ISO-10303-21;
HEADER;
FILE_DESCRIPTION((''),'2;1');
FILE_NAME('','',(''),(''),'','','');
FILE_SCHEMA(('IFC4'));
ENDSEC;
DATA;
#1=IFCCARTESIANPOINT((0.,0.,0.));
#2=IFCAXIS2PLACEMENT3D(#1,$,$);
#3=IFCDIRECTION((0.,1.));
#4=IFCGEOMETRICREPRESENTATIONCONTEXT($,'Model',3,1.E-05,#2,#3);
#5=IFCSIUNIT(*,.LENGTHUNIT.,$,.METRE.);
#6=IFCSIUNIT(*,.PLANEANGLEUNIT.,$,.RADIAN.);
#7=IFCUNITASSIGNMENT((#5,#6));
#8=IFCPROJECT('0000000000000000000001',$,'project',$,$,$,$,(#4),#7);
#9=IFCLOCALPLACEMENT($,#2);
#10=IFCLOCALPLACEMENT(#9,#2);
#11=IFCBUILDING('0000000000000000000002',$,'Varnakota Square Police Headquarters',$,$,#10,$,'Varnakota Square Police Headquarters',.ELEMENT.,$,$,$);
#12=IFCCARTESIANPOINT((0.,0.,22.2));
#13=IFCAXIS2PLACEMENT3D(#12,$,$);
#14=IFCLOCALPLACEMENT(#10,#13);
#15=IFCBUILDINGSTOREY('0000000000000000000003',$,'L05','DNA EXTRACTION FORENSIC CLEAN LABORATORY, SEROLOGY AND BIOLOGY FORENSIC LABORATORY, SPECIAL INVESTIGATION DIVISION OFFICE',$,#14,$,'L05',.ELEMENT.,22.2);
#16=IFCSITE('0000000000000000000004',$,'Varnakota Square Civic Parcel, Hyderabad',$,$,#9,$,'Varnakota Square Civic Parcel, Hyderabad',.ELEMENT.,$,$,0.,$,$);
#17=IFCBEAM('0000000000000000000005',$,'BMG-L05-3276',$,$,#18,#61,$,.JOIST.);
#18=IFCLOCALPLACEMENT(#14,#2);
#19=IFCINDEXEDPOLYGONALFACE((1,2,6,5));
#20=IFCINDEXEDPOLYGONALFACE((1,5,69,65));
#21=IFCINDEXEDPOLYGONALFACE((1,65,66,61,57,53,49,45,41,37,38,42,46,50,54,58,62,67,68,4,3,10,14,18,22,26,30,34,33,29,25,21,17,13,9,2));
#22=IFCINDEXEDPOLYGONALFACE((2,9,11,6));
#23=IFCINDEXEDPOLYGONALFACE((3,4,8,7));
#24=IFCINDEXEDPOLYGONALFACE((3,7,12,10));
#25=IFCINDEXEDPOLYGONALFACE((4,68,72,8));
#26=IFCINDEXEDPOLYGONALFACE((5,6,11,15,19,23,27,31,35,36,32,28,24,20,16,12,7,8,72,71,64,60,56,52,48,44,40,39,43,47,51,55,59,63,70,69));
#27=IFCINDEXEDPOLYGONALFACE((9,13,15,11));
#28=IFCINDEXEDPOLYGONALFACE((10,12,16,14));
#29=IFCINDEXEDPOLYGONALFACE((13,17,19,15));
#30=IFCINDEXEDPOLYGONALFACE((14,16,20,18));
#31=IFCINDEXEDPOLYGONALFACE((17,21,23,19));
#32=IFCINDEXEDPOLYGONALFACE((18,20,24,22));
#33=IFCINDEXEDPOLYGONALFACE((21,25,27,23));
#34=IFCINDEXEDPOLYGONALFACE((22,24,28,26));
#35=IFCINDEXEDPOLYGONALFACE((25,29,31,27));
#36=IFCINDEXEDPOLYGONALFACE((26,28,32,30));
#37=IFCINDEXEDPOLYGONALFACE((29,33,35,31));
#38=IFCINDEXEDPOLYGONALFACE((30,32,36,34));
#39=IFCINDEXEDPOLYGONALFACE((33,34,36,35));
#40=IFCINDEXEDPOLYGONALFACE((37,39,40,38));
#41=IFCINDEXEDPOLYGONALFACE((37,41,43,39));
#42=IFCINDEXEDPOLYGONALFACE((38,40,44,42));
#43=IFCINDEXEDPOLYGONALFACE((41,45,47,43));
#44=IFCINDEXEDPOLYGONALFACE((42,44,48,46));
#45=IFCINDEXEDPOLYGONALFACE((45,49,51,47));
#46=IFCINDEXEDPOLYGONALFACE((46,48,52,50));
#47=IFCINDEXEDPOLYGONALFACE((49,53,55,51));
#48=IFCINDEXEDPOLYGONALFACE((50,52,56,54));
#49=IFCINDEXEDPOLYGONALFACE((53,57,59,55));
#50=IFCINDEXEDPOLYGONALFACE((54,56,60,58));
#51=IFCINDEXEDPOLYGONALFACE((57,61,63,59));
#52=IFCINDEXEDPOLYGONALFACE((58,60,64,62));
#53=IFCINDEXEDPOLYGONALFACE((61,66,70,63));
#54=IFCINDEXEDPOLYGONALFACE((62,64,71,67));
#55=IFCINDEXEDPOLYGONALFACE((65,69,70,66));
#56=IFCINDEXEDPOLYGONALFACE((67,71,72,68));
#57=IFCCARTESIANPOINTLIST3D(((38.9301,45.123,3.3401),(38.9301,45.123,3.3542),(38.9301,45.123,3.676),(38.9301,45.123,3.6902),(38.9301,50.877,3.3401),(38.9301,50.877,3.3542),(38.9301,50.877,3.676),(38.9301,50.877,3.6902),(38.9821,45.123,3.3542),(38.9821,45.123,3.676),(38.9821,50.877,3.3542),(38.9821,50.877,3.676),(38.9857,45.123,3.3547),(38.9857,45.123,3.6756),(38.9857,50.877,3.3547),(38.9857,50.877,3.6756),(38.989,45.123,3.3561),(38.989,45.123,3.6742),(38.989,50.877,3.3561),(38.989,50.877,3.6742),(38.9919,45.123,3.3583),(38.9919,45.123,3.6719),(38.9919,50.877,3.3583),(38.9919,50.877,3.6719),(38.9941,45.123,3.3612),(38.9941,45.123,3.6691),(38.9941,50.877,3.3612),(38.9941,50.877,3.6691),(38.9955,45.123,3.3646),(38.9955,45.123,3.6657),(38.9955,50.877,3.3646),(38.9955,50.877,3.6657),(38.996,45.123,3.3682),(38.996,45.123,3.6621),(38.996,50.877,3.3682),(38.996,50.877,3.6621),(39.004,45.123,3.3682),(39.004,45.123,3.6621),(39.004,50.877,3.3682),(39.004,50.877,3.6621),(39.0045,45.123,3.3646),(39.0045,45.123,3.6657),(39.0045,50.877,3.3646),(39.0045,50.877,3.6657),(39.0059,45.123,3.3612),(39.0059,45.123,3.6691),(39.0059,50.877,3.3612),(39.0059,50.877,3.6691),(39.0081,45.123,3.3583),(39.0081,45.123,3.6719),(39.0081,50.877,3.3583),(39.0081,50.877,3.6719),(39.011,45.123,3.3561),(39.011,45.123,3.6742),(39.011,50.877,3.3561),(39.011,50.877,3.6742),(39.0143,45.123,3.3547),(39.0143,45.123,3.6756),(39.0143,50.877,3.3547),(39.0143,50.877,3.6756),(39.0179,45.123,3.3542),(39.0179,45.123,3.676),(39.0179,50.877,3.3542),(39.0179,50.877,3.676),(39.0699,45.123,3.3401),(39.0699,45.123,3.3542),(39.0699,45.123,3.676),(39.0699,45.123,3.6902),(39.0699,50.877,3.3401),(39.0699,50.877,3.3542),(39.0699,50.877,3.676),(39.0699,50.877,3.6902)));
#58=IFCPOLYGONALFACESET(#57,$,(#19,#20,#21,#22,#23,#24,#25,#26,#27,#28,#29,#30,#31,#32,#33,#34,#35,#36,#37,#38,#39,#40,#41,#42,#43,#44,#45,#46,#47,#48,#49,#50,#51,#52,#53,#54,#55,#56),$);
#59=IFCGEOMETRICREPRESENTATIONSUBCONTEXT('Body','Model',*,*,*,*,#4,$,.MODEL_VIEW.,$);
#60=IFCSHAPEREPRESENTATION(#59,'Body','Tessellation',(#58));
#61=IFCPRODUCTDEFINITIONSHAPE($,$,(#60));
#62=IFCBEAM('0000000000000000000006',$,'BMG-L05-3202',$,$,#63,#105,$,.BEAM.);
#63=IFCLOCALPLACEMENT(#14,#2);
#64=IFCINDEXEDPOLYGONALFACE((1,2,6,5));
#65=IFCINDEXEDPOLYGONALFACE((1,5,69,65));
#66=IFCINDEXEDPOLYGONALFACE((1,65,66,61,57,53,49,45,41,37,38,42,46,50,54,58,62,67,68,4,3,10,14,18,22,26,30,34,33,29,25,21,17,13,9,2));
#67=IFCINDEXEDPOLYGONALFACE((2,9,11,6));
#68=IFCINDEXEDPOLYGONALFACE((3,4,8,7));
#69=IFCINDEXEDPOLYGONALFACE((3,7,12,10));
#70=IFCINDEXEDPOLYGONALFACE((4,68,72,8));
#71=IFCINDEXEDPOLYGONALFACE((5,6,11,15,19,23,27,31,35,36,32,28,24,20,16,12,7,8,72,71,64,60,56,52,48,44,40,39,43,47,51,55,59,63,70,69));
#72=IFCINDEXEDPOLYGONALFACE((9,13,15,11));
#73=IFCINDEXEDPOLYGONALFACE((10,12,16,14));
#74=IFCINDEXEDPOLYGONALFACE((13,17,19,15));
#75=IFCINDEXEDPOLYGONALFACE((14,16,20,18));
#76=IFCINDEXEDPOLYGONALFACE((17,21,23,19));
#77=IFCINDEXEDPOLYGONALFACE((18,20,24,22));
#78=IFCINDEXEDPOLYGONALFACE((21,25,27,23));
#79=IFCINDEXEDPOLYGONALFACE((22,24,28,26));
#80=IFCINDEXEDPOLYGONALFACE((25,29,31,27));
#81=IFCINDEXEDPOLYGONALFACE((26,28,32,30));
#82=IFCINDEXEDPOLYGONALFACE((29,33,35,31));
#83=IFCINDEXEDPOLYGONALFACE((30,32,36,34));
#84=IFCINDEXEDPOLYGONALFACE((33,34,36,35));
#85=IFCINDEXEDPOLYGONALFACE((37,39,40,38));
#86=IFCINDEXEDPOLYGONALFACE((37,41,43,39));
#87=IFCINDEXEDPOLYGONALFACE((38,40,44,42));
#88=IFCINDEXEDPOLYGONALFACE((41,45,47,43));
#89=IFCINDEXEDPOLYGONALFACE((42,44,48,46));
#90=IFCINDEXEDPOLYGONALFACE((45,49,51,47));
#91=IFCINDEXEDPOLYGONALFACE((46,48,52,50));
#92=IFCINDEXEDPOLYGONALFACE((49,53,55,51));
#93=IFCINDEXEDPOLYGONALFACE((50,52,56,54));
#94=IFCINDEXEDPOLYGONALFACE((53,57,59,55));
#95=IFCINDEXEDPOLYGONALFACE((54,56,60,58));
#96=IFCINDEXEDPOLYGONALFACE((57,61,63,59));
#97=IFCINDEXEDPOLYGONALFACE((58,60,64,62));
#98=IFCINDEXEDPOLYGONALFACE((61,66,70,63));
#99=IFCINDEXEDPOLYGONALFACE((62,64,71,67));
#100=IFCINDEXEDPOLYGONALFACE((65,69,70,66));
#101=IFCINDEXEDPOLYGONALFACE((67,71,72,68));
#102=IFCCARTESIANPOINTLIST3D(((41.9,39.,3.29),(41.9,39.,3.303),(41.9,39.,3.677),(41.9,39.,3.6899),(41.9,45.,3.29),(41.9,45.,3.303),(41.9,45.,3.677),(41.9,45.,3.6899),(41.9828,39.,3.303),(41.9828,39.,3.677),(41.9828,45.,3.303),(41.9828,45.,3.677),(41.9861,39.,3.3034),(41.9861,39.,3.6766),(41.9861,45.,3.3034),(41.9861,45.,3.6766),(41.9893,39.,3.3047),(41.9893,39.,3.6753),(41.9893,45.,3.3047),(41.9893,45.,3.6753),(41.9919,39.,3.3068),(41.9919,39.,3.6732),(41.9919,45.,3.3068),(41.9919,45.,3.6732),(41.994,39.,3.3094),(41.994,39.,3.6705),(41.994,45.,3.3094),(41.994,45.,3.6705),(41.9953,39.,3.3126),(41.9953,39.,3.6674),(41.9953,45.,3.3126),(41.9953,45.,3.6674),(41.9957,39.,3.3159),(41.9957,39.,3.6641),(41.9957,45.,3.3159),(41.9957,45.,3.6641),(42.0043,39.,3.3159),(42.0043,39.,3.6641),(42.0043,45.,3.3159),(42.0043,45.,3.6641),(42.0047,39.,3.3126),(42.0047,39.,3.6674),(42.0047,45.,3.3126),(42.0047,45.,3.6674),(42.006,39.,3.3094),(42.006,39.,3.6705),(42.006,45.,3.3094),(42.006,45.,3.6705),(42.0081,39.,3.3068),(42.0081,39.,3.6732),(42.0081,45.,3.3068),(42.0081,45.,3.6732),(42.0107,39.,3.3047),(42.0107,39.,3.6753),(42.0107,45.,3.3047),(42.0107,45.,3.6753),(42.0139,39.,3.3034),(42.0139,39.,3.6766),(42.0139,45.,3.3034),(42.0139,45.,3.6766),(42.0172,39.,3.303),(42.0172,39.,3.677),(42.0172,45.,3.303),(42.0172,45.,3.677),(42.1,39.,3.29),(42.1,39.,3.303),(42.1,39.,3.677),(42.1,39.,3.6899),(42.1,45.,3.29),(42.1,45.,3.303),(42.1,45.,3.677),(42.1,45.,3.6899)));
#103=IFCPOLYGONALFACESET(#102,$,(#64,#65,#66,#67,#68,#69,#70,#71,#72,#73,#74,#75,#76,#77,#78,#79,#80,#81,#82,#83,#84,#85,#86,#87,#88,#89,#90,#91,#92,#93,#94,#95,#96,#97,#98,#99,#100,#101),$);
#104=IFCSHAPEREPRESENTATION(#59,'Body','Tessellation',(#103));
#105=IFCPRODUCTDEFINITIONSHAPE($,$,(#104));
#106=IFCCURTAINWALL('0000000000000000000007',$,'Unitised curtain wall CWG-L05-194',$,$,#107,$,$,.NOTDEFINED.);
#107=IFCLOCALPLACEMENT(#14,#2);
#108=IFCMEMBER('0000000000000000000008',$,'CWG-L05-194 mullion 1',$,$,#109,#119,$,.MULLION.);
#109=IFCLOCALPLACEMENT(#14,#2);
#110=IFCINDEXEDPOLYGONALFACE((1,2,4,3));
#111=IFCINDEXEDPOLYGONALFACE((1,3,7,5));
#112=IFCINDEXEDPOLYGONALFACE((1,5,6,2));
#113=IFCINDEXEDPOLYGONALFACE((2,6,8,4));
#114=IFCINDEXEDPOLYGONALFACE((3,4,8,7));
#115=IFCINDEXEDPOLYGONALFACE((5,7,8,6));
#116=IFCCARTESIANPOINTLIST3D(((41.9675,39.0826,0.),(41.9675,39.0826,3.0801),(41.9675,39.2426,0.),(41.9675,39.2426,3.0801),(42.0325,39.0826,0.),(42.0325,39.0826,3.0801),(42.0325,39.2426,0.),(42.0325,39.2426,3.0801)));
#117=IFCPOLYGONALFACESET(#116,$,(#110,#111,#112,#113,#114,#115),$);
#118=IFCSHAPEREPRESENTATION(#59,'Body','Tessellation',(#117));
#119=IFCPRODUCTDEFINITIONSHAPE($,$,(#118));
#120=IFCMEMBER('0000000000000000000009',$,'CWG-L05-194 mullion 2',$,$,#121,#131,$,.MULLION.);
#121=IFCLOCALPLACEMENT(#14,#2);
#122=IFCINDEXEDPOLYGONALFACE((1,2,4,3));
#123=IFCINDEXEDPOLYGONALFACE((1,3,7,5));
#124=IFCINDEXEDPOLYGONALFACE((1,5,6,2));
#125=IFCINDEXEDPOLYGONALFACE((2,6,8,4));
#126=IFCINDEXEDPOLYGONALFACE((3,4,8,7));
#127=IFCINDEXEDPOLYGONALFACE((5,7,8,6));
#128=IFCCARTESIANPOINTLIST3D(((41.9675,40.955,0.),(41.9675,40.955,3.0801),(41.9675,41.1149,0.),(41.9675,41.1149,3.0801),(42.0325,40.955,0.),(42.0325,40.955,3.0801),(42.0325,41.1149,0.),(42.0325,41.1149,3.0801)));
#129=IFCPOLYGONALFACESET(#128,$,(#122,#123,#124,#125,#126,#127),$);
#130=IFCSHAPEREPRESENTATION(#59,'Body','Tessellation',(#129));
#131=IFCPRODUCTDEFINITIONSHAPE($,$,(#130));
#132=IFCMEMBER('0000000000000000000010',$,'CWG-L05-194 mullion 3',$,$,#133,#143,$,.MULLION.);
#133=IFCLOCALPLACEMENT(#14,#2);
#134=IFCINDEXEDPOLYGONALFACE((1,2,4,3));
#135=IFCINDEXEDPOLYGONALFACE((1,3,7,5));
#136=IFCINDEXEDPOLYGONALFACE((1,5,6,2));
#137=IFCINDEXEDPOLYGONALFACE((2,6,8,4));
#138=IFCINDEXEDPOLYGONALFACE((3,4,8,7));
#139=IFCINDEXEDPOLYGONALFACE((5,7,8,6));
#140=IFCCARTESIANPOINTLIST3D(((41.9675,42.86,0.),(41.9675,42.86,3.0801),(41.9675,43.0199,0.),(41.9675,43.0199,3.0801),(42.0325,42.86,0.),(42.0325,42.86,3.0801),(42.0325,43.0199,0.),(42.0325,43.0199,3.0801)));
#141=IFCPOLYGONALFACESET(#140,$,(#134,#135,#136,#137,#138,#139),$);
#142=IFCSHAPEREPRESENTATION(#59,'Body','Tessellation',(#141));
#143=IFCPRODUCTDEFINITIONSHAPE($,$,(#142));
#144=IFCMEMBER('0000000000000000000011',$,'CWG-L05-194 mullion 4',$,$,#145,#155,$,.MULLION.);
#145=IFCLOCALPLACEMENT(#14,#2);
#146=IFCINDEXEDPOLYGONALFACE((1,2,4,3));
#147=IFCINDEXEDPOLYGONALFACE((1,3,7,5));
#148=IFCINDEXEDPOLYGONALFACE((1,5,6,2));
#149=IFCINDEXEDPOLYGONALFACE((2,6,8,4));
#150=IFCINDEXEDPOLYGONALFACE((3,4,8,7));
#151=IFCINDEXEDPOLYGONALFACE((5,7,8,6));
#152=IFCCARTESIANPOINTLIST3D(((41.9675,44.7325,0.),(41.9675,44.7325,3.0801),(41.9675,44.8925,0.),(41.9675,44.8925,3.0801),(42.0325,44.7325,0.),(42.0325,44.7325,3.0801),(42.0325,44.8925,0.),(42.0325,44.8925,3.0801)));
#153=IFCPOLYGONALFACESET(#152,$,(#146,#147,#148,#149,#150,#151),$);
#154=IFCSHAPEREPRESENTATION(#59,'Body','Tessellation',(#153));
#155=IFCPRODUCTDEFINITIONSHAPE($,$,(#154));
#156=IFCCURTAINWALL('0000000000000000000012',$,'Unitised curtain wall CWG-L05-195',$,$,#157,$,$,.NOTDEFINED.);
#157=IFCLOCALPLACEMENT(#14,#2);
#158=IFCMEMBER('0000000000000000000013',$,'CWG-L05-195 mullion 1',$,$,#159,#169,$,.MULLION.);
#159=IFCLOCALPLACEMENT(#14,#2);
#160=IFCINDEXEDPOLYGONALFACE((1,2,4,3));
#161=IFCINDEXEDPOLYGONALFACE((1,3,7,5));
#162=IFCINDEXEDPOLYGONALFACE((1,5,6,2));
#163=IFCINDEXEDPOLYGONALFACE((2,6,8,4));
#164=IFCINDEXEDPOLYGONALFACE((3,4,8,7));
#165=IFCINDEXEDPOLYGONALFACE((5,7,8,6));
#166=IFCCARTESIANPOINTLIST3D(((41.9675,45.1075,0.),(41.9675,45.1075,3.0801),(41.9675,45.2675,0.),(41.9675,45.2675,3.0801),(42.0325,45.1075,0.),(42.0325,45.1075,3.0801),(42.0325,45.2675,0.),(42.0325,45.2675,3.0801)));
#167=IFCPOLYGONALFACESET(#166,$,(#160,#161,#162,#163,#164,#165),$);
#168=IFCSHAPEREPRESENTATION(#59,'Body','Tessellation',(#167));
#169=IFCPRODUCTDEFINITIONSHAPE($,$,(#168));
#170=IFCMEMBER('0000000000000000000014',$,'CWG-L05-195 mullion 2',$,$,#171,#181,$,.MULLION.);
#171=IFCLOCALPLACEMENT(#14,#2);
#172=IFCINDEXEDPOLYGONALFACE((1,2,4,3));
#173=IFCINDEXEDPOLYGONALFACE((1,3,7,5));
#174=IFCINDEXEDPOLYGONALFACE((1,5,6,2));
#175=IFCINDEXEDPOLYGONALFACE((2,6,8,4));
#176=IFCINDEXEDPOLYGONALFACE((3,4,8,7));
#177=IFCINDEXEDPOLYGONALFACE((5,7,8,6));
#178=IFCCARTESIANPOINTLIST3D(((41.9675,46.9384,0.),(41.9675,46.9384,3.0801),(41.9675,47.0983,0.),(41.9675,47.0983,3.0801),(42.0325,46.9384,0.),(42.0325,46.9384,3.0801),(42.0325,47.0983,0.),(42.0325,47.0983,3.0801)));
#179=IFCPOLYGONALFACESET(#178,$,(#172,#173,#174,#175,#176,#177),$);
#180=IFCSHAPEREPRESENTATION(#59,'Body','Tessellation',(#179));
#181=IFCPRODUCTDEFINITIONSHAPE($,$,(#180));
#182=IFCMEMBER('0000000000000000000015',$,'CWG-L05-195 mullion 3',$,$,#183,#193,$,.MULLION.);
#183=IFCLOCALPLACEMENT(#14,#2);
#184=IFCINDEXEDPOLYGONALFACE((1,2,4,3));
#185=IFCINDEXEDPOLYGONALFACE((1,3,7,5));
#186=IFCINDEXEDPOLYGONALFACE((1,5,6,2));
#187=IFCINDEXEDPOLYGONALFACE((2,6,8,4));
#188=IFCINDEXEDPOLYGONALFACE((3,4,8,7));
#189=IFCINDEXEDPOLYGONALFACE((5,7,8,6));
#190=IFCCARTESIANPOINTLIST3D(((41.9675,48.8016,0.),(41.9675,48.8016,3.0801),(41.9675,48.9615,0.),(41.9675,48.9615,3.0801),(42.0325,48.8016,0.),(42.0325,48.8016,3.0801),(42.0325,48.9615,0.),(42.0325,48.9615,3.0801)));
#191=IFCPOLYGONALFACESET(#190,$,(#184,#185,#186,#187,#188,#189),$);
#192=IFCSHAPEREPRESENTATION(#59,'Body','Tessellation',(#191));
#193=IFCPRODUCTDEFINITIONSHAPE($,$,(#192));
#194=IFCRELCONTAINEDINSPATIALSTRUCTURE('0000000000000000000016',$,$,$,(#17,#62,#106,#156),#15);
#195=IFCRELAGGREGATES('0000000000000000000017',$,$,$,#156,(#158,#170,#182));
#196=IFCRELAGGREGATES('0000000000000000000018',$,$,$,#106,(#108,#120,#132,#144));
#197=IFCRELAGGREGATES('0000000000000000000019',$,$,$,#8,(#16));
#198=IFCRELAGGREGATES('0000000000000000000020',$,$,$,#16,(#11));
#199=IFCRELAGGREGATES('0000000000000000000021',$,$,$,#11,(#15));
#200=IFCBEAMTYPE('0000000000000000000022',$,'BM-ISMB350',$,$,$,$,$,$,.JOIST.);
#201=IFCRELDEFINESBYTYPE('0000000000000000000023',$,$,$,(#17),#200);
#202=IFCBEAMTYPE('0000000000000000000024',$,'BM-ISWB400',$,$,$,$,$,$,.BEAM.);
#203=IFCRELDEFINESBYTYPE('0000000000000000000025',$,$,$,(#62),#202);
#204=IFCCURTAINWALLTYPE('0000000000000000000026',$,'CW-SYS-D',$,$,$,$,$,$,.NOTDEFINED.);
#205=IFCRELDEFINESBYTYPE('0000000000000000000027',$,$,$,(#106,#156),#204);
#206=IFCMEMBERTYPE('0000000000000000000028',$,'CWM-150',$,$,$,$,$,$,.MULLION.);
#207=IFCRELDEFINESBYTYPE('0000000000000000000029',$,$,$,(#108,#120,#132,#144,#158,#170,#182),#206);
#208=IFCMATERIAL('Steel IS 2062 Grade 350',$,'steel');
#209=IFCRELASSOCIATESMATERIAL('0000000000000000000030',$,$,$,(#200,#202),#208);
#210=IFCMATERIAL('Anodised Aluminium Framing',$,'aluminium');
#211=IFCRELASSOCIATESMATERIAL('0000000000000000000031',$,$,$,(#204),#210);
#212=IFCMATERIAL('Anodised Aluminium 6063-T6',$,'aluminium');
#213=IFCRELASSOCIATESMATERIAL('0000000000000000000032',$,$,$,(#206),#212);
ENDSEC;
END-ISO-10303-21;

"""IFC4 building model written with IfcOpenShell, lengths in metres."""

from ifc_helpers import new_model, si_unit, direction, frame, origin, origin_2d, place, context, subcontext, project, spatial, rectangle, i_section, extrude, material, material_profile, profile_set, type_object, element, aggregate, save


model = new_model("IFC4")

# Units and contexts
model_context = context("Model", 3, precision=1e-05, world=origin(), true_north=direction((0.0, 1.0)))
body_context = subcontext(model_context, "Body", "Model", "MODEL_VIEW")
ifc_project = project(units=[si_unit("LENGTHUNIT", "METRE"), si_unit("PLANEANGLEUNIT", "RADIAN")], contexts=[model_context])

# Site, building, storey
site_placement = place(None, origin())
site = spatial("IfcSite", under=ifc_project, at=site_placement, Name="Varnakota Square Civic Parcel, Hyderabad", LongName="Varnakota Square Civic Parcel, Hyderabad", CompositionType="ELEMENT", RefElevation=0.0)
building_placement = place(site_placement, origin())
building = spatial("IfcBuilding", under=site, at=building_placement, Name="Varnakota Square Police Headquarters", LongName="Varnakota Square Police Headquarters", CompositionType="ELEMENT")
storey_placement = place(building_placement, frame((0.0, 0.0, 22.2)))
storey = spatial("IfcBuildingStorey", under=building, at=storey_placement, Name="L05", Description="DNA EXTRACTION FORENSIC CLEAN LABORATORY, SEROLOGY AND BIOLOGY FORENSIC LABORATORY, SPECIAL INVESTIGATION DIVISION OFFICE", LongName="L05", CompositionType="ELEMENT", Elevation=22.2)

# Shared definitions
ifc_material_1 = material(Name="Steel IS 2062 Grade 350", Category="steel")

# Beams
ifc_material_profile_1 = material_profile(ifc_material_1, i_section(OverallWidth=0.1399, OverallDepth=0.3501, WebThickness=0.0081, FlangeThickness=0.0142, FilletRadius=0.0139, at=origin_2d()), Name="ISMB 350")
ifc_profile_set_1 = profile_set([ifc_material_profile_1], Name="Steel IS 2062 Grade 350")
beam_type_1 = type_object("IfcBeamType", Name="BM-ISMB350", PredefinedType="JOIST", material=ifc_profile_set_1)
beam_1_placement = place(storey_placement, frame((39.0, 45.123, 3.5151), z_axis=(0.0, 1.0, 0.0), x_axis=(-1.0, 0.0, 0.0)))
element("IfcBeam", 1, at=beam_1_placement, inside=storey, type_object=beam_type_1, Name="BMG-L05-3276", PredefinedType="JOIST", context=body_context, shape_type="SweptSolid", body=[
    extrude(i_section(OverallWidth=0.1399, OverallDepth=0.3501, WebThickness=0.0081, FlangeThickness=0.0142, FilletRadius=0.0139, at=origin_2d()), origin(), (0.0, 0.0, 1.0), 5.7539),
])
ifc_material_profile_2 = material_profile(ifc_material_1, i_section(OverallWidth=0.2, OverallDepth=0.3999, WebThickness=0.0085, FlangeThickness=0.0129, FilletRadius=0.0129, at=origin_2d()), Name="ISWB 400")
ifc_profile_set_2 = profile_set([ifc_material_profile_2], Name="Steel IS 2062 Grade 350")
beam_type_2 = type_object("IfcBeamType", Name="BM-ISWB400", PredefinedType="BEAM", material=ifc_profile_set_2)
beam_2_placement = place(storey_placement, frame((42.0, 39.0, 3.49), z_axis=(0.0, 1.0, 0.0), x_axis=(-1.0, 0.0, 0.0)))
element("IfcBeam", 2, at=beam_2_placement, inside=storey, type_object=beam_type_2, Name="BMG-L05-3202", PredefinedType="BEAM", context=body_context, shape_type="SweptSolid", body=[
    extrude(i_section(OverallWidth=0.2, OverallDepth=0.3999, WebThickness=0.0085, FlangeThickness=0.0129, FilletRadius=0.0129, at=origin_2d()), origin(), (0.0, 0.0, 1.0), 6.0),
])

# Curtain walls, members
ifc_material_2 = material(Name="Anodised Aluminium Framing", Category="aluminium")
curtain_wall_type = type_object("IfcCurtainWallType", Name="CW-SYS-D", PredefinedType="NOTDEFINED", material=ifc_material_2)
curtain_wall_1_placement = place(storey_placement, origin())
curtain_wall_1 = element("IfcCurtainWall", 3, at=curtain_wall_1_placement, inside=storey, type_object=curtain_wall_type, Name="Unitised curtain wall CWG-L05-194", PredefinedType="NOTDEFINED")
ifc_material_3 = material(Name="Anodised Aluminium 6063-T6", Category="aluminium")
ifc_material_profile_3 = material_profile(ifc_material_3, rectangle(XDim=0.0649, YDim=0.1599, at=origin_2d()), Name="ALU MULLION 65x160")
ifc_profile_set_3 = profile_set([ifc_material_profile_3], Name="Anodised Aluminium 6063-T6")
member_type_1 = type_object("IfcMemberType", Name="CWM-150", PredefinedType="MULLION", material=ifc_profile_set_3)
member_1_placement = place(storey_placement, frame((42.0, 39.1626, 0.0), z_axis=(0.0, 0.0, 1.0), x_axis=(-1.0, 0.0, 0.0)))
member_1 = element("IfcMember", 4, at=member_1_placement, type_object=member_type_1, Name="CWG-L05-194 mullion 1", PredefinedType="MULLION", context=body_context, shape_type="SweptSolid", body=[
    extrude(rectangle(XDim=0.0649, YDim=0.1599, at=origin_2d()), origin(), (0.0, 0.0, 1.0), 3.0801),
])
member_2_placement = place(storey_placement, frame((42.0, 41.0349, 0.0), z_axis=(0.0, 0.0, 1.0), x_axis=(-1.0, 0.0, 0.0)))
member_2 = element("IfcMember", 5, at=member_2_placement, type_object=member_type_1, Name="CWG-L05-194 mullion 2", PredefinedType="MULLION", context=body_context, shape_type="SweptSolid", body=[
    extrude(rectangle(XDim=0.0649, YDim=0.1599, at=origin_2d()), origin(), (0.0, 0.0, 1.0), 3.0801),
])
member_3_placement = place(storey_placement, frame((42.0, 42.9399, 0.0), z_axis=(0.0, 0.0, 1.0), x_axis=(-1.0, 0.0, 0.0)))
member_3 = element("IfcMember", 6, at=member_3_placement, type_object=member_type_1, Name="CWG-L05-194 mullion 3", PredefinedType="MULLION", context=body_context, shape_type="SweptSolid", body=[
    extrude(rectangle(XDim=0.0649, YDim=0.1599, at=origin_2d()), origin(), (0.0, 0.0, 1.0), 3.0801),
])
member_4_placement = place(storey_placement, frame((42.0, 44.8125, 0.0), z_axis=(0.0, 0.0, 1.0), x_axis=(-1.0, 0.0, 0.0)))
member_4 = element("IfcMember", 7, at=member_4_placement, type_object=member_type_1, Name="CWG-L05-194 mullion 4", PredefinedType="MULLION", context=body_context, shape_type="SweptSolid", body=[
    extrude(rectangle(XDim=0.0649, YDim=0.1599, at=origin_2d()), origin(), (0.0, 0.0, 1.0), 3.0801),
])
curtain_wall_2_placement = place(storey_placement, origin())
curtain_wall_2 = element("IfcCurtainWall", 8, at=curtain_wall_2_placement, inside=storey, type_object=curtain_wall_type, Name="Unitised curtain wall CWG-L05-195", PredefinedType="NOTDEFINED")
member_5_placement = place(storey_placement, frame((42.0, 45.1875, 0.0), z_axis=(0.0, 0.0, 1.0), x_axis=(-1.0, 0.0, 0.0)))
member_5 = element("IfcMember", 9, at=member_5_placement, type_object=member_type_1, Name="CWG-L05-195 mullion 1", PredefinedType="MULLION", context=body_context, shape_type="SweptSolid", body=[
    extrude(rectangle(XDim=0.0649, YDim=0.1599, at=origin_2d()), origin(), (0.0, 0.0, 1.0), 3.0801),
])
member_6_placement = place(storey_placement, frame((42.0, 47.0183, 0.0), z_axis=(0.0, 0.0, 1.0), x_axis=(-1.0, 0.0, 0.0)))
member_6 = element("IfcMember", 10, at=member_6_placement, type_object=member_type_1, Name="CWG-L05-195 mullion 2", PredefinedType="MULLION", context=body_context, shape_type="SweptSolid", body=[
    extrude(rectangle(XDim=0.0649, YDim=0.1599, at=origin_2d()), origin(), (0.0, 0.0, 1.0), 3.0801),
])
member_7_placement = place(storey_placement, frame((42.0, 48.8816, 0.0), z_axis=(0.0, 0.0, 1.0), x_axis=(-1.0, 0.0, 0.0)))
member_7 = element("IfcMember", 11, at=member_7_placement, type_object=member_type_1, Name="CWG-L05-195 mullion 3", PredefinedType="MULLION", context=body_context, shape_type="SweptSolid", body=[
    extrude(rectangle(XDim=0.0649, YDim=0.1599, at=origin_2d()), origin(), (0.0, 0.0, 1.0), 3.0801),
])

aggregate(curtain_wall_2, [member_5, member_6, member_7])
aggregate(curtain_wall_1, [member_1, member_2, member_3, member_4])

save(model, "model.ifc")
